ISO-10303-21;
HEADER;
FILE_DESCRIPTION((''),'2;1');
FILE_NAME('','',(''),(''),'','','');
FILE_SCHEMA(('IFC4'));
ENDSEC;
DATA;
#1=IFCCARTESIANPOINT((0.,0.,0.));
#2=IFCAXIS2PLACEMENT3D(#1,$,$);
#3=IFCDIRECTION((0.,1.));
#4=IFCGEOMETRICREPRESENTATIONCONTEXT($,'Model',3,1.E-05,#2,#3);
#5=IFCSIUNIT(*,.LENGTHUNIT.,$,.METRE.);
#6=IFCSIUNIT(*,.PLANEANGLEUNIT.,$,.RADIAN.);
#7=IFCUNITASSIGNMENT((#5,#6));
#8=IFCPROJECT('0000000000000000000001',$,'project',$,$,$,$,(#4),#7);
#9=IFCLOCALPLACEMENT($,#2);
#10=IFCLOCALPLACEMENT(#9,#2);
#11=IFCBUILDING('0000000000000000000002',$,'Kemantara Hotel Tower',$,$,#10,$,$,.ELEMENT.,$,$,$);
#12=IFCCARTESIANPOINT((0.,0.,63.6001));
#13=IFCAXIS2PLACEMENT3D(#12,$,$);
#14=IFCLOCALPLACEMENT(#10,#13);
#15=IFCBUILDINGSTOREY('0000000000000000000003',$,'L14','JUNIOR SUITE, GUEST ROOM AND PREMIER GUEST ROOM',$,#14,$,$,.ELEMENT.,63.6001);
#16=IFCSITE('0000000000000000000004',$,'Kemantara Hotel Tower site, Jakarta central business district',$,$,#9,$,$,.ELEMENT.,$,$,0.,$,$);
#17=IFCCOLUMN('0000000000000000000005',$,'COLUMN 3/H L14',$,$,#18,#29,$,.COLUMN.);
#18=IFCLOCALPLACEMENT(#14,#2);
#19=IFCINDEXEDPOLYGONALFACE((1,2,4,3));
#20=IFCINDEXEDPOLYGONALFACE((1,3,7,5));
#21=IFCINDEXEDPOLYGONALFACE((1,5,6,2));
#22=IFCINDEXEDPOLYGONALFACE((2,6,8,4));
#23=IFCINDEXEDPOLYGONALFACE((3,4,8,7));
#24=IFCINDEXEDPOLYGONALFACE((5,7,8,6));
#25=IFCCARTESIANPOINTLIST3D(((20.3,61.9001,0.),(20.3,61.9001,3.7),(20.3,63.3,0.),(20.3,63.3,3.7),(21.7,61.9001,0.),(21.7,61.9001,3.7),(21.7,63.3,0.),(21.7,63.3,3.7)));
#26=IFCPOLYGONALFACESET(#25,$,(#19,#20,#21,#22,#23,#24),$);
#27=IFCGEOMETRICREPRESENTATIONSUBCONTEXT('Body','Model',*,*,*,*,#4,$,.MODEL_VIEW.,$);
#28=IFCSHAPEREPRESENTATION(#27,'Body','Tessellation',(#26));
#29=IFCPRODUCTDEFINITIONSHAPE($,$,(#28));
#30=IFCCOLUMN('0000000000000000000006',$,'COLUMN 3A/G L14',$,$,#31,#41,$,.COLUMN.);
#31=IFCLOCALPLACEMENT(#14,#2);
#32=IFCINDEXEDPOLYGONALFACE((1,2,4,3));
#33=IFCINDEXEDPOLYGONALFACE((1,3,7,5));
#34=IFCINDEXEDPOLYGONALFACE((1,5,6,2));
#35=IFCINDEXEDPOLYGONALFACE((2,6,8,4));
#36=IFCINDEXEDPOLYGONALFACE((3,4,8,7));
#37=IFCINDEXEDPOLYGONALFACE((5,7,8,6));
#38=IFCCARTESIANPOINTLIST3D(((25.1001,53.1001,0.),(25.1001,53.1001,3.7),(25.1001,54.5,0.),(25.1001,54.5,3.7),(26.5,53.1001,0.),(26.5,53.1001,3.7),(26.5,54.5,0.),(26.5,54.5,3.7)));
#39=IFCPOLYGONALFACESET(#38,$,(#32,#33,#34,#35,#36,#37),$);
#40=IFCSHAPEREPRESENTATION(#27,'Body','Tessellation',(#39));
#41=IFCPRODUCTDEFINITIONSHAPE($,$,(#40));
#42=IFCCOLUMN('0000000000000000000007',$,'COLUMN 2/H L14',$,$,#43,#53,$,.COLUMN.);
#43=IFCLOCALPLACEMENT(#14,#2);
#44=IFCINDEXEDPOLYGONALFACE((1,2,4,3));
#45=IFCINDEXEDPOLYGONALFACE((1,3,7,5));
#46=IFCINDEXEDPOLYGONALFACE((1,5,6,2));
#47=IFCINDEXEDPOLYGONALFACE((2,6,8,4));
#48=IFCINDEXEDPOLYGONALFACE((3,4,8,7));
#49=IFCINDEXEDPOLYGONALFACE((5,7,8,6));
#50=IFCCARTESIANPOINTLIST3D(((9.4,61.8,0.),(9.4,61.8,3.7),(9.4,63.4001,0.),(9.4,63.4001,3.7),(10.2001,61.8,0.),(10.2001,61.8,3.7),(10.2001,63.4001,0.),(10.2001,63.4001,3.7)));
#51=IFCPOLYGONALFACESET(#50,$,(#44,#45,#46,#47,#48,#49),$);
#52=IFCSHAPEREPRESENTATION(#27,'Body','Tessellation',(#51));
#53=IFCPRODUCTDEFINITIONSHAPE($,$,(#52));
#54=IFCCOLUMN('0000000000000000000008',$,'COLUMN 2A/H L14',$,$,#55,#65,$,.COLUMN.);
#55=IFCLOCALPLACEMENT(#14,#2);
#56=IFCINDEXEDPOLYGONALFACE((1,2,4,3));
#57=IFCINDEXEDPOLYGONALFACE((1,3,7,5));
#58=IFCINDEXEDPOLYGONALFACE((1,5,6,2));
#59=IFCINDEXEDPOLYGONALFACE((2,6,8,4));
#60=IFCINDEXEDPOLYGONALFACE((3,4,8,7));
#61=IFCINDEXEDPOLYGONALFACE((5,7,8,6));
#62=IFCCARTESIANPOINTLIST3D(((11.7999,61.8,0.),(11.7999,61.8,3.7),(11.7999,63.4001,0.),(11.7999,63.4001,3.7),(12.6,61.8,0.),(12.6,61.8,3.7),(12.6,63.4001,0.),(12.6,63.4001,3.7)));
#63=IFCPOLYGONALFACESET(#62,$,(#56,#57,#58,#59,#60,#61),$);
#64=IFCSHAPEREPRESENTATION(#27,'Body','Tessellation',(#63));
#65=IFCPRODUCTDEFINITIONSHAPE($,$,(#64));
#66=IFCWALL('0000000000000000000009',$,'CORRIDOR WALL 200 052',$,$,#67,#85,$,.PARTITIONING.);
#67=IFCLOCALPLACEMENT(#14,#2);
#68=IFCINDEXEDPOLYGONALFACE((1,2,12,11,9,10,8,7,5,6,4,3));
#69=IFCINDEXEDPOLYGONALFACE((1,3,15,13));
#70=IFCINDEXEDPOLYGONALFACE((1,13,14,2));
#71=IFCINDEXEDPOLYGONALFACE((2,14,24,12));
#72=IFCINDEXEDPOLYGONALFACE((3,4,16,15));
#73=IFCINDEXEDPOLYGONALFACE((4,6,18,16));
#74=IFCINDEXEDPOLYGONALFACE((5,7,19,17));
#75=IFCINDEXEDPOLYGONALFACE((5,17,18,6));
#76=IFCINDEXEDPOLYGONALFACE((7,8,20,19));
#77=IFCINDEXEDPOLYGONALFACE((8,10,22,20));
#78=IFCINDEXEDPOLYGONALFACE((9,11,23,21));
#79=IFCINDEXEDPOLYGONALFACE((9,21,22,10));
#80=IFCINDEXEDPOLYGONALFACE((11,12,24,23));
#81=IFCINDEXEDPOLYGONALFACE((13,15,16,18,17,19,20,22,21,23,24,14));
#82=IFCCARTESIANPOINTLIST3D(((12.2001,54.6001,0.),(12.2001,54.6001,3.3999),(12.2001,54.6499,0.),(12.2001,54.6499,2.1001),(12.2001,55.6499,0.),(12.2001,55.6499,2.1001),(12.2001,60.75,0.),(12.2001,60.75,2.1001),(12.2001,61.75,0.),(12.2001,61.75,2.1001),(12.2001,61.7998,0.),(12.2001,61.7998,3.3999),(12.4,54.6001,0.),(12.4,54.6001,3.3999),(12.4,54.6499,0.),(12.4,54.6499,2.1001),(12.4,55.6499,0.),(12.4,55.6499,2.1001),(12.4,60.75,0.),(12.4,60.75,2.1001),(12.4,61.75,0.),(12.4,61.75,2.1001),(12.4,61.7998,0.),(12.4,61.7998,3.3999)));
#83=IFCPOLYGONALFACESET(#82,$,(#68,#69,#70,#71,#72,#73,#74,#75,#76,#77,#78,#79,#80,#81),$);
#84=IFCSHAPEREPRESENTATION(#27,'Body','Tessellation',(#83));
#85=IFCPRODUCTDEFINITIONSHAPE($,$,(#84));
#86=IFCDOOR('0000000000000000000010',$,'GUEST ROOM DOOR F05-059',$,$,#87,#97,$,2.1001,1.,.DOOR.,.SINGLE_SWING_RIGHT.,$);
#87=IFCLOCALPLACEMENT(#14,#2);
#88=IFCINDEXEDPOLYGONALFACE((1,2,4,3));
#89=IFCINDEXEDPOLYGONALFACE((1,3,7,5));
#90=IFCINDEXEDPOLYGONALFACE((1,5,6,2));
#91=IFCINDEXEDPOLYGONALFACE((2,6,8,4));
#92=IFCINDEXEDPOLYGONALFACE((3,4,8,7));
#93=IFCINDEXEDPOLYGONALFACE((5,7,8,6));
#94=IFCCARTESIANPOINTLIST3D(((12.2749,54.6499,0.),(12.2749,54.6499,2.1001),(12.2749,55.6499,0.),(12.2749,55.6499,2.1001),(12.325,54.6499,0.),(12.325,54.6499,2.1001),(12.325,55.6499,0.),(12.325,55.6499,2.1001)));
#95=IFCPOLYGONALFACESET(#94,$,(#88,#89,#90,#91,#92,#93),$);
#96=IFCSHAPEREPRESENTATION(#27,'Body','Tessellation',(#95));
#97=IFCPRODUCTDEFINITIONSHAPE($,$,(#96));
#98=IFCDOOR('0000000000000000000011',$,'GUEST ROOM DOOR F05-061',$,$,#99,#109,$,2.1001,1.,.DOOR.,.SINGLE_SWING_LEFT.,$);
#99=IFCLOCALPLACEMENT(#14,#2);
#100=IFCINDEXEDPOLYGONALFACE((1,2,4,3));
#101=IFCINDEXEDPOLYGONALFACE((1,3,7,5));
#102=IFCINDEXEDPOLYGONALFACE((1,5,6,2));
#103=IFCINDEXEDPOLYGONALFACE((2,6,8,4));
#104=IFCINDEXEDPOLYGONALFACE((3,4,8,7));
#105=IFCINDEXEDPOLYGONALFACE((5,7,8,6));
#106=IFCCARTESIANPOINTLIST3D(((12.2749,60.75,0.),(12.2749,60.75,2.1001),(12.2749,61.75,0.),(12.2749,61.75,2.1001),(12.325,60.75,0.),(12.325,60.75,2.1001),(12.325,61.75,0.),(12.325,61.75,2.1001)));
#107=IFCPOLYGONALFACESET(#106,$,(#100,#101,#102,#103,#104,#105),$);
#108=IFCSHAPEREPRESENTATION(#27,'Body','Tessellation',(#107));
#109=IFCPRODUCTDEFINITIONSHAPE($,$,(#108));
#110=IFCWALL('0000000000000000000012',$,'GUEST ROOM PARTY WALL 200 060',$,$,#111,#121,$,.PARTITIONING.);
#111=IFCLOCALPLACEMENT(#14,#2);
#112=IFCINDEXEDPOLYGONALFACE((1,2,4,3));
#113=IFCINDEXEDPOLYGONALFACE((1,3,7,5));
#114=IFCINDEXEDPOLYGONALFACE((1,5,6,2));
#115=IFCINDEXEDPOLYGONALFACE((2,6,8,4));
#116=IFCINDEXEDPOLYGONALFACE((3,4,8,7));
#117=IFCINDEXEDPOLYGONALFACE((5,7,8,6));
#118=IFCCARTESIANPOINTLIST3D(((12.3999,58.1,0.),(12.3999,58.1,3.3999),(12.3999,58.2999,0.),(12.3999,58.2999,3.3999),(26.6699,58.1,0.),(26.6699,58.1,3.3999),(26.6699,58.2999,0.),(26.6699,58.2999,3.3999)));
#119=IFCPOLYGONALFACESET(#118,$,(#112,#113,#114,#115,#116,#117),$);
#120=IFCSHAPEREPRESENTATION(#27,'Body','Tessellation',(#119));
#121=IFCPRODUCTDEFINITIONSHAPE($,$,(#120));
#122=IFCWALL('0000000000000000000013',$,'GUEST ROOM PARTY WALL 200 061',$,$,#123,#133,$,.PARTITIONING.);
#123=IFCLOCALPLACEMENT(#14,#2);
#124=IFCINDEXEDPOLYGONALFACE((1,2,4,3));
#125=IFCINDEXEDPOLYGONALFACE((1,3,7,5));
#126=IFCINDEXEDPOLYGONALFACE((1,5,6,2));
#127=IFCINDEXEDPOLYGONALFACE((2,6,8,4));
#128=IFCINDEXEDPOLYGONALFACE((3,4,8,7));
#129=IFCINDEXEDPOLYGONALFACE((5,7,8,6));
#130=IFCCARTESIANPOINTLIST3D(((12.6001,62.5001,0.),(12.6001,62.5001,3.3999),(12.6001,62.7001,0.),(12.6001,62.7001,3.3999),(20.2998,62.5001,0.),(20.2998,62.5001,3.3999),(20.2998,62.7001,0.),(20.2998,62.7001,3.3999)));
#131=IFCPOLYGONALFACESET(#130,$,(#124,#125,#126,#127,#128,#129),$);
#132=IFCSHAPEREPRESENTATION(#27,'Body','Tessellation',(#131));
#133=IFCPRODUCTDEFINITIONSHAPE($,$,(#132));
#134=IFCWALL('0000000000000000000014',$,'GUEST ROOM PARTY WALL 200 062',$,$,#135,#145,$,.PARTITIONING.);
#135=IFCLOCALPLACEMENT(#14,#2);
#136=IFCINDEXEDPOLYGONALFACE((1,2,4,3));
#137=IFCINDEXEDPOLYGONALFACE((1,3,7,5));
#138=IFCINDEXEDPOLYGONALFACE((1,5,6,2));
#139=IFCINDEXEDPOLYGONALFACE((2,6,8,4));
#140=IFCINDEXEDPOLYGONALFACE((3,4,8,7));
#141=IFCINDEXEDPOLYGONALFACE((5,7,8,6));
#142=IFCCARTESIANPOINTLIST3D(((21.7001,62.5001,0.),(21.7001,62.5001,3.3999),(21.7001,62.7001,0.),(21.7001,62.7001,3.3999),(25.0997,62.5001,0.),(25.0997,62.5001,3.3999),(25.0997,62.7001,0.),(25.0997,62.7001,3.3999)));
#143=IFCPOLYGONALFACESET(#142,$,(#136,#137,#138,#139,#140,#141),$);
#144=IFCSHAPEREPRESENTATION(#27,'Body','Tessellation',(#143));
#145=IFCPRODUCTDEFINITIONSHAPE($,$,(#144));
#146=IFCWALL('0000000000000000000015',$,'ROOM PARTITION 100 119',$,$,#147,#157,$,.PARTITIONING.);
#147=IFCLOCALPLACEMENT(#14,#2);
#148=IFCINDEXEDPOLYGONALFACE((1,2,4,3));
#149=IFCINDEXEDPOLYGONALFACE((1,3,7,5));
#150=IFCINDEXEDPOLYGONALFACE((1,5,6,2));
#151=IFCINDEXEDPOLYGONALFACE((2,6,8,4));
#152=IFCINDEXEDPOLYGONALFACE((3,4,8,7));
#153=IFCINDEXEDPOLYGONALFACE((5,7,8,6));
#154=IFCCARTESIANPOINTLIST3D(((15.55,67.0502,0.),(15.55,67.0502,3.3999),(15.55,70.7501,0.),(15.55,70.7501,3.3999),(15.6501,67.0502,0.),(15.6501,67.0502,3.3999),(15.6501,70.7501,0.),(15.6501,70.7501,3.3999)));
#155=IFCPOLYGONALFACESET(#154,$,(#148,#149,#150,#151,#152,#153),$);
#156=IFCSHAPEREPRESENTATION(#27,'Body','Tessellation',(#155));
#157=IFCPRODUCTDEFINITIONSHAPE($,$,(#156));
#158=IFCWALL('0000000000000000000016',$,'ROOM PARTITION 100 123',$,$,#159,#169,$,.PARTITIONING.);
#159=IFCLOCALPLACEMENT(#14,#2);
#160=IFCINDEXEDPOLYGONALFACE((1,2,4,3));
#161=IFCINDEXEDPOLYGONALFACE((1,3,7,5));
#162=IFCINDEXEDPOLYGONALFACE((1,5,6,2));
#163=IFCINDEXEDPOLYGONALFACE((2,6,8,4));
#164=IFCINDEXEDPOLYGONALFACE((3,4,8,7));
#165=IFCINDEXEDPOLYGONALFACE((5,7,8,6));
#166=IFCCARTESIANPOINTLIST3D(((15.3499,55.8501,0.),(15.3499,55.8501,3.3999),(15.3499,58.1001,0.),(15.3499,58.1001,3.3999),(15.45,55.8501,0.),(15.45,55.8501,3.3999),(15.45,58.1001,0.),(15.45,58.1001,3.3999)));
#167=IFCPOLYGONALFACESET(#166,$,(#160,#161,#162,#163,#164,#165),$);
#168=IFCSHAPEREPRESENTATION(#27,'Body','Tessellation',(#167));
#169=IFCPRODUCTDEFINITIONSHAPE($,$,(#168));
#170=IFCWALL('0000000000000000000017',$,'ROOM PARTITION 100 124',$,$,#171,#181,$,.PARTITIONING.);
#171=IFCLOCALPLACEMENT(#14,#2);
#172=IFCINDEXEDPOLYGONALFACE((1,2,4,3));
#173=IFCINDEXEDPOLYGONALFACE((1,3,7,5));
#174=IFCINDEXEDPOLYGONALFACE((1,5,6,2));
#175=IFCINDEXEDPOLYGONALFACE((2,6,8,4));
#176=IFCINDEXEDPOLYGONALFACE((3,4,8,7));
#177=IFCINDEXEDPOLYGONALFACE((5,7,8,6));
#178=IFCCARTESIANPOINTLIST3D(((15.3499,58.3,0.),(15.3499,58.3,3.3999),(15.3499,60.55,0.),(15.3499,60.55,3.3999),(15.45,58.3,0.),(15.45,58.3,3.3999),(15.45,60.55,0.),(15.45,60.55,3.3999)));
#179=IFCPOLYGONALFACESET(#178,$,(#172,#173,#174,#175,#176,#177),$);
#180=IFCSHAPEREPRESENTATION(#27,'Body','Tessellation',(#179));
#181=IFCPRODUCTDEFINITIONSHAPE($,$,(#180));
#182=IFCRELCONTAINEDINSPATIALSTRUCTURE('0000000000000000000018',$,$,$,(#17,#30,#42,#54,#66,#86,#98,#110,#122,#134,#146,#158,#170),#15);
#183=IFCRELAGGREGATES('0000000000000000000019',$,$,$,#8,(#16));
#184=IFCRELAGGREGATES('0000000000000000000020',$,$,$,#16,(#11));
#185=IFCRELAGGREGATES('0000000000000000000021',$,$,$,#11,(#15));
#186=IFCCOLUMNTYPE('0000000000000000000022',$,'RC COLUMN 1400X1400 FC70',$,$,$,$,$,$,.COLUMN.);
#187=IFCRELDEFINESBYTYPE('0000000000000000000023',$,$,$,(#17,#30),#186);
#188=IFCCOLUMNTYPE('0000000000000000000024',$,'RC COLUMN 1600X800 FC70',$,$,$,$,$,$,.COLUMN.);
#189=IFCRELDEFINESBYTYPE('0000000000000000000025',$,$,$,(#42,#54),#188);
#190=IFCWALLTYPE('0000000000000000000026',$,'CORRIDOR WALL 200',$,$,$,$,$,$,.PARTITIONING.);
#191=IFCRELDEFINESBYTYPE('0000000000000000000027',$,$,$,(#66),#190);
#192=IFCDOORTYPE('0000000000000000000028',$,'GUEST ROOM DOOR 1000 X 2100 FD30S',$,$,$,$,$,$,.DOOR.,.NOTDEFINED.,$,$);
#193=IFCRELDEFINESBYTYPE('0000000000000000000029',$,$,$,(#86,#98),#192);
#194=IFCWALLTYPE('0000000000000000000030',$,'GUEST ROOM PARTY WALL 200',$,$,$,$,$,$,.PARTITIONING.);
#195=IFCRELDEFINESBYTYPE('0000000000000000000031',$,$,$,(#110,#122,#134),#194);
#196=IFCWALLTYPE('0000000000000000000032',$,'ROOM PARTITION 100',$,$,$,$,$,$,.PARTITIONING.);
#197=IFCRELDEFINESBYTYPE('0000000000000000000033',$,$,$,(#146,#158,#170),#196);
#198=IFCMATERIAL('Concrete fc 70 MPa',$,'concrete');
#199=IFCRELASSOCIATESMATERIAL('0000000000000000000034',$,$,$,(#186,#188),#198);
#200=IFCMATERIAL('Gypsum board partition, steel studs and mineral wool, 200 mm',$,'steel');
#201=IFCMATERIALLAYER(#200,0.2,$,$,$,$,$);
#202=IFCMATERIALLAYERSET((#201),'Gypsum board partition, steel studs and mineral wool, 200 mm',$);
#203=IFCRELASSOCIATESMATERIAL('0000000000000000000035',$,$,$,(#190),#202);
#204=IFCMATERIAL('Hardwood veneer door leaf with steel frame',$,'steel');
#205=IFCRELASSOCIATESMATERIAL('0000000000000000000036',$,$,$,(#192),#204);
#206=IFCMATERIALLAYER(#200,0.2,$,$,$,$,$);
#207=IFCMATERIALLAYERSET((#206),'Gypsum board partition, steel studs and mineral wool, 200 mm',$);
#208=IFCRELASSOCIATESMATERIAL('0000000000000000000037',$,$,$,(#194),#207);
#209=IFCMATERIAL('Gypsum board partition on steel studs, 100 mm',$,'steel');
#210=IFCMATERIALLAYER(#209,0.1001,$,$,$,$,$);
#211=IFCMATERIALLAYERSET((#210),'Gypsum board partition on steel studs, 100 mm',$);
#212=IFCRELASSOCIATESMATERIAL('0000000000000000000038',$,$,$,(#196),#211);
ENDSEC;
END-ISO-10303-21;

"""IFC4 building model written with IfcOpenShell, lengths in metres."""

from ifc_helpers import new_model, si_unit, direction, frame, frame_2d, origin, origin_2d, place, context, subcontext, project, spatial, rectangle, extrude, material, layer, layer_set, material_profile, profile_set, type_object, element, fill, save


model = new_model("IFC4")

# Units and contexts
model_context = context("Model", 3, precision=1e-05, world=origin(), true_north=direction((0.0, 1.0)))
body_context = subcontext(model_context, "Body", "Model", "MODEL_VIEW")
ifc_project = project(units=[si_unit("LENGTHUNIT", "METRE"), si_unit("PLANEANGLEUNIT", "RADIAN")], contexts=[model_context])

# Site, building, storey
site_placement = place(None, origin())
site = spatial("IfcSite", under=ifc_project, at=site_placement, Name="Kemantara Hotel Tower site, Jakarta central business district", CompositionType="ELEMENT", RefElevation=0.0)
building_placement = place(site_placement, origin())
building = spatial("IfcBuilding", under=site, at=building_placement, Name="Kemantara Hotel Tower", CompositionType="ELEMENT")
storey_placement = place(building_placement, frame((0.0, 0.0, 63.6001)))
storey = spatial("IfcBuildingStorey", under=building, at=storey_placement, Name="L14", Description="JUNIOR SUITE, GUEST ROOM AND PREMIER GUEST ROOM", CompositionType="ELEMENT", Elevation=63.6001)

# Columns
ifc_material_1 = material(Name="Concrete fc 70 MPa", Category="concrete")
ifc_material_profile_1 = material_profile(ifc_material_1, rectangle(XDim=1.3999, YDim=1.3999, at=origin_2d()), Name="RC 1400X1400")
ifc_profile_set_1 = profile_set([ifc_material_profile_1], Name="Concrete fc 70 MPa")
column_type_1 = type_object("IfcColumnType", Name="RC COLUMN 1400X1400 FC70", PredefinedType="COLUMN", material=ifc_profile_set_1)
for number, where, z_axis, x_axis, name in (
    (1, (21.0, 62.6001, 0.0), (0.0, 0.0, 1.0), (1.0, 0.0, 0.0), "COLUMN 3/H L14"),
    (2, (25.8, 53.8, 0.0), (0.0, 0.0, 1.0), (1.0, 0.0, 0.0), "COLUMN 3A/G L14"),
):
    element("IfcColumn", number, at=place(storey_placement, frame(where, z_axis=z_axis, x_axis=x_axis)), inside=storey, type_object=column_type_1, Name=name, PredefinedType="COLUMN", context=body_context, shape_type="SweptSolid", body=[
        extrude(rectangle(XDim=1.3999, YDim=1.3999, at=origin_2d()), origin(), (0.0, 0.0, 1.0), 3.7),
    ])
ifc_material_profile_2 = material_profile(ifc_material_1, rectangle(XDim=1.6001, YDim=0.8, at=origin_2d()), Name="RC 1600X800")
ifc_profile_set_2 = profile_set([ifc_material_profile_2], Name="Concrete fc 70 MPa")
column_type_2 = type_object("IfcColumnType", Name="RC COLUMN 1600X800 FC70", PredefinedType="COLUMN", material=ifc_profile_set_2)
for number, where, z_axis, x_axis, name in (
    (3, (9.8, 62.6001, 0.0), (0.0, 0.0, 1.0), (0.0, 1.0, 0.0), "COLUMN 2/H L14"),
    (4, (12.2, 62.6001, 0.0), (0.0, 0.0, 1.0), (0.0, 1.0, 0.0), "COLUMN 2A/H L14"),
):
    element("IfcColumn", number, at=place(storey_placement, frame(where, z_axis=z_axis, x_axis=x_axis)), inside=storey, type_object=column_type_2, Name=name, PredefinedType="COLUMN", context=body_context, shape_type="SweptSolid", body=[
        extrude(rectangle(XDim=1.6001, YDim=0.8, at=origin_2d()), origin(), (0.0, 0.0, 1.0), 3.7),
    ])

# Wall, openings, doors
ifc_material_2 = material(Name="Gypsum board partition, steel studs and mineral wool, 200 mm", Category="steel")
ifc_layer_1 = layer(ifc_material_2, 0.2)
ifc_layer_set_1 = layer_set([ifc_layer_1], Name="Gypsum board partition, steel studs and mineral wool, 200 mm")
wall_type_1 = type_object("IfcWallType", Name="CORRIDOR WALL 200", PredefinedType="PARTITIONING", material=ifc_layer_set_1)
wall_1_placement = place(storey_placement, frame((12.3, 61.7998, 0.0), z_axis=(0.0, 0.0, 1.0), x_axis=(0.0, -1.0, 0.0)))
wall_1 = element("IfcWall", 5, at=wall_1_placement, inside=storey, type_object=wall_type_1, Name="CORRIDOR WALL 200 052", PredefinedType="PARTITIONING", context=body_context, shape_type="SweptSolid", body=[
    extrude(rectangle(XDim=7.1997, YDim=0.2, at=frame_2d((3.5999, 0.0))), origin(), (0.0, 0.0, 1.0), 3.3999),
])
opening_1_placement = place(wall_1_placement, frame((6.1499, 0.0, 0.0)))
opening_1 = element("IfcOpeningElement", 6, at=opening_1_placement, cuts=wall_1, PredefinedType="OPENING", context=body_context, shape_type="SweptSolid", body=[
    extrude(rectangle(XDim=1.0, YDim=2.1001, at=frame_2d((0.5, 1.05))), frame((0.0, 0.1099, 0.0), z_axis=(0.0, -1.0, 0.0), x_axis=(1.0, 0.0, 0.0)), (0.0, 0.0, 1.0), 0.22),
])
opening_2_placement = place(wall_1_placement, frame((0.0498, 0.0, 0.0)))
opening_2 = element("IfcOpeningElement", 7, at=opening_2_placement, cuts=wall_1, PredefinedType="OPENING", context=body_context, shape_type="SweptSolid", body=[
    extrude(rectangle(XDim=1.0, YDim=2.1001, at=frame_2d((0.5, 1.05))), frame((0.0, 0.1099, 0.0), z_axis=(0.0, -1.0, 0.0), x_axis=(1.0, 0.0, 0.0)), (0.0, 0.0, 1.0), 0.22),
])
ifc_material_3 = material(Name="Hardwood veneer door leaf with steel frame", Category="steel")
door_type_1 = type_object("IfcDoorType", Name="GUEST ROOM DOOR 1000 X 2100 FD30S", OperationType="NOTDEFINED", PredefinedType="DOOR", material=ifc_material_3)
door_1_placement = place(opening_1_placement, origin())
door_1 = element("IfcDoor", 8, at=door_1_placement, inside=storey, type_object=door_type_1, Name="GUEST ROOM DOOR F05-059", OperationType="SINGLE_SWING_RIGHT", OverallHeight=2.1001, OverallWidth=1.0, PredefinedType="DOOR", context=body_context, shape_type="SweptSolid", body=[
    extrude(rectangle(XDim=1.0, YDim=2.1001, at=frame_2d((0.5, 1.05))), frame((0.0, 0.0249, 0.0), z_axis=(0.0, -1.0, 0.0), x_axis=(1.0, 0.0, 0.0)), (0.0, 0.0, 1.0), 0.05),
])
fill(opening_1, door_1)
door_2_placement = place(opening_2_placement, origin())
door_2 = element("IfcDoor", 9, at=door_2_placement, inside=storey, type_object=door_type_1, Name="GUEST ROOM DOOR F05-061", OperationType="SINGLE_SWING_LEFT", OverallHeight=2.1001, OverallWidth=1.0, PredefinedType="DOOR", context=body_context, shape_type="SweptSolid", body=[
    extrude(rectangle(XDim=1.0, YDim=2.1001, at=frame_2d((0.5, 1.05))), frame((0.0, 0.0249, 0.0), z_axis=(0.0, -1.0, 0.0), x_axis=(1.0, 0.0, 0.0)), (0.0, 0.0, 1.0), 0.05),
])
fill(opening_2, door_2)

# Walls
ifc_layer_2 = layer(ifc_material_2, 0.2)
ifc_layer_set_2 = layer_set([ifc_layer_2], Name="Gypsum board partition, steel studs and mineral wool, 200 mm")
wall_type_2 = type_object("IfcWallType", Name="GUEST ROOM PARTY WALL 200", PredefinedType="PARTITIONING", material=ifc_layer_set_2)
wall_2_placement = place(storey_placement, frame((12.3999, 58.2, 0.0), z_axis=(0.0, 0.0, 1.0), x_axis=(1.0, 0.0, 0.0)))
element("IfcWall", 10, at=wall_2_placement, inside=storey, type_object=wall_type_2, Name="GUEST ROOM PARTY WALL 200 060", PredefinedType="PARTITIONING", context=body_context, shape_type="SweptSolid", body=[
    extrude(rectangle(XDim=14.27, YDim=0.2, at=frame_2d((7.135, 0.0))), origin(), (0.0, 0.0, 1.0), 3.3999),
])
wall_3_placement = place(storey_placement, frame((12.6001, 62.6001, 0.0), z_axis=(0.0, 0.0, 1.0), x_axis=(1.0, 0.0, 0.0)))
element("IfcWall", 11, at=wall_3_placement, inside=storey, type_object=wall_type_2, Name="GUEST ROOM PARTY WALL 200 061", PredefinedType="PARTITIONING", context=body_context, shape_type="SweptSolid", body=[
    extrude(rectangle(XDim=7.6997, YDim=0.2, at=frame_2d((3.8499, 0.0))), origin(), (0.0, 0.0, 1.0), 3.3999),
])
wall_4_placement = place(storey_placement, frame((21.7002, 62.6001, 0.0), z_axis=(0.0, 0.0, 1.0), x_axis=(1.0, 0.0, 0.0)))
element("IfcWall", 12, at=wall_4_placement, inside=storey, type_object=wall_type_2, Name="GUEST ROOM PARTY WALL 200 062", PredefinedType="PARTITIONING", context=body_context, shape_type="SweptSolid", body=[
    extrude(rectangle(XDim=3.3997, YDim=0.2, at=frame_2d((1.6997, 0.0))), origin(), (0.0, 0.0, 1.0), 3.3999),
])
ifc_material_4 = material(Name="Gypsum board partition on steel studs, 100 mm", Category="steel")
ifc_layer_3 = layer(ifc_material_4, 0.1001)
ifc_layer_set_3 = layer_set([ifc_layer_3], Name="Gypsum board partition on steel studs, 100 mm")
wall_type_3 = type_object("IfcWallType", Name="ROOM PARTITION 100", PredefinedType="PARTITIONING", material=ifc_layer_set_3)
wall_5_placement = place(storey_placement, frame((15.6001, 67.05, 0.0), z_axis=(0.0, 0.0, 1.0), x_axis=(0.0, 1.0, 0.0)))
element("IfcWall", 13, at=wall_5_placement, inside=storey, type_object=wall_type_3, Name="ROOM PARTITION 100 119", PredefinedType="PARTITIONING", context=body_context, shape_type="SweptSolid", body=[
    extrude(rectangle(XDim=3.7, YDim=0.1001, at=frame_2d((1.8501, 0.0))), origin(), (0.0, 0.0, 1.0), 3.3999),
])
for number, where, z_axis, x_axis, name in (
    (14, (15.3999, 55.8501, 0.0), (0.0, 0.0, 1.0), (0.0, 1.0, 0.0), "ROOM PARTITION 100 123"),
    (15, (15.3999, 58.3, 0.0), (0.0, 0.0, 1.0), (0.0, 1.0, 0.0), "ROOM PARTITION 100 124"),
):
    element("IfcWall", number, at=place(storey_placement, frame(where, z_axis=z_axis, x_axis=x_axis)), inside=storey, type_object=wall_type_3, Name=name, PredefinedType="PARTITIONING", context=body_context, shape_type="SweptSolid", body=[
        extrude(rectangle(XDim=2.25, YDim=0.1001, at=frame_2d((1.125, 0.0))), origin(), (0.0, 0.0, 1.0), 3.3999),
    ])

save(model, "model.ifc")
